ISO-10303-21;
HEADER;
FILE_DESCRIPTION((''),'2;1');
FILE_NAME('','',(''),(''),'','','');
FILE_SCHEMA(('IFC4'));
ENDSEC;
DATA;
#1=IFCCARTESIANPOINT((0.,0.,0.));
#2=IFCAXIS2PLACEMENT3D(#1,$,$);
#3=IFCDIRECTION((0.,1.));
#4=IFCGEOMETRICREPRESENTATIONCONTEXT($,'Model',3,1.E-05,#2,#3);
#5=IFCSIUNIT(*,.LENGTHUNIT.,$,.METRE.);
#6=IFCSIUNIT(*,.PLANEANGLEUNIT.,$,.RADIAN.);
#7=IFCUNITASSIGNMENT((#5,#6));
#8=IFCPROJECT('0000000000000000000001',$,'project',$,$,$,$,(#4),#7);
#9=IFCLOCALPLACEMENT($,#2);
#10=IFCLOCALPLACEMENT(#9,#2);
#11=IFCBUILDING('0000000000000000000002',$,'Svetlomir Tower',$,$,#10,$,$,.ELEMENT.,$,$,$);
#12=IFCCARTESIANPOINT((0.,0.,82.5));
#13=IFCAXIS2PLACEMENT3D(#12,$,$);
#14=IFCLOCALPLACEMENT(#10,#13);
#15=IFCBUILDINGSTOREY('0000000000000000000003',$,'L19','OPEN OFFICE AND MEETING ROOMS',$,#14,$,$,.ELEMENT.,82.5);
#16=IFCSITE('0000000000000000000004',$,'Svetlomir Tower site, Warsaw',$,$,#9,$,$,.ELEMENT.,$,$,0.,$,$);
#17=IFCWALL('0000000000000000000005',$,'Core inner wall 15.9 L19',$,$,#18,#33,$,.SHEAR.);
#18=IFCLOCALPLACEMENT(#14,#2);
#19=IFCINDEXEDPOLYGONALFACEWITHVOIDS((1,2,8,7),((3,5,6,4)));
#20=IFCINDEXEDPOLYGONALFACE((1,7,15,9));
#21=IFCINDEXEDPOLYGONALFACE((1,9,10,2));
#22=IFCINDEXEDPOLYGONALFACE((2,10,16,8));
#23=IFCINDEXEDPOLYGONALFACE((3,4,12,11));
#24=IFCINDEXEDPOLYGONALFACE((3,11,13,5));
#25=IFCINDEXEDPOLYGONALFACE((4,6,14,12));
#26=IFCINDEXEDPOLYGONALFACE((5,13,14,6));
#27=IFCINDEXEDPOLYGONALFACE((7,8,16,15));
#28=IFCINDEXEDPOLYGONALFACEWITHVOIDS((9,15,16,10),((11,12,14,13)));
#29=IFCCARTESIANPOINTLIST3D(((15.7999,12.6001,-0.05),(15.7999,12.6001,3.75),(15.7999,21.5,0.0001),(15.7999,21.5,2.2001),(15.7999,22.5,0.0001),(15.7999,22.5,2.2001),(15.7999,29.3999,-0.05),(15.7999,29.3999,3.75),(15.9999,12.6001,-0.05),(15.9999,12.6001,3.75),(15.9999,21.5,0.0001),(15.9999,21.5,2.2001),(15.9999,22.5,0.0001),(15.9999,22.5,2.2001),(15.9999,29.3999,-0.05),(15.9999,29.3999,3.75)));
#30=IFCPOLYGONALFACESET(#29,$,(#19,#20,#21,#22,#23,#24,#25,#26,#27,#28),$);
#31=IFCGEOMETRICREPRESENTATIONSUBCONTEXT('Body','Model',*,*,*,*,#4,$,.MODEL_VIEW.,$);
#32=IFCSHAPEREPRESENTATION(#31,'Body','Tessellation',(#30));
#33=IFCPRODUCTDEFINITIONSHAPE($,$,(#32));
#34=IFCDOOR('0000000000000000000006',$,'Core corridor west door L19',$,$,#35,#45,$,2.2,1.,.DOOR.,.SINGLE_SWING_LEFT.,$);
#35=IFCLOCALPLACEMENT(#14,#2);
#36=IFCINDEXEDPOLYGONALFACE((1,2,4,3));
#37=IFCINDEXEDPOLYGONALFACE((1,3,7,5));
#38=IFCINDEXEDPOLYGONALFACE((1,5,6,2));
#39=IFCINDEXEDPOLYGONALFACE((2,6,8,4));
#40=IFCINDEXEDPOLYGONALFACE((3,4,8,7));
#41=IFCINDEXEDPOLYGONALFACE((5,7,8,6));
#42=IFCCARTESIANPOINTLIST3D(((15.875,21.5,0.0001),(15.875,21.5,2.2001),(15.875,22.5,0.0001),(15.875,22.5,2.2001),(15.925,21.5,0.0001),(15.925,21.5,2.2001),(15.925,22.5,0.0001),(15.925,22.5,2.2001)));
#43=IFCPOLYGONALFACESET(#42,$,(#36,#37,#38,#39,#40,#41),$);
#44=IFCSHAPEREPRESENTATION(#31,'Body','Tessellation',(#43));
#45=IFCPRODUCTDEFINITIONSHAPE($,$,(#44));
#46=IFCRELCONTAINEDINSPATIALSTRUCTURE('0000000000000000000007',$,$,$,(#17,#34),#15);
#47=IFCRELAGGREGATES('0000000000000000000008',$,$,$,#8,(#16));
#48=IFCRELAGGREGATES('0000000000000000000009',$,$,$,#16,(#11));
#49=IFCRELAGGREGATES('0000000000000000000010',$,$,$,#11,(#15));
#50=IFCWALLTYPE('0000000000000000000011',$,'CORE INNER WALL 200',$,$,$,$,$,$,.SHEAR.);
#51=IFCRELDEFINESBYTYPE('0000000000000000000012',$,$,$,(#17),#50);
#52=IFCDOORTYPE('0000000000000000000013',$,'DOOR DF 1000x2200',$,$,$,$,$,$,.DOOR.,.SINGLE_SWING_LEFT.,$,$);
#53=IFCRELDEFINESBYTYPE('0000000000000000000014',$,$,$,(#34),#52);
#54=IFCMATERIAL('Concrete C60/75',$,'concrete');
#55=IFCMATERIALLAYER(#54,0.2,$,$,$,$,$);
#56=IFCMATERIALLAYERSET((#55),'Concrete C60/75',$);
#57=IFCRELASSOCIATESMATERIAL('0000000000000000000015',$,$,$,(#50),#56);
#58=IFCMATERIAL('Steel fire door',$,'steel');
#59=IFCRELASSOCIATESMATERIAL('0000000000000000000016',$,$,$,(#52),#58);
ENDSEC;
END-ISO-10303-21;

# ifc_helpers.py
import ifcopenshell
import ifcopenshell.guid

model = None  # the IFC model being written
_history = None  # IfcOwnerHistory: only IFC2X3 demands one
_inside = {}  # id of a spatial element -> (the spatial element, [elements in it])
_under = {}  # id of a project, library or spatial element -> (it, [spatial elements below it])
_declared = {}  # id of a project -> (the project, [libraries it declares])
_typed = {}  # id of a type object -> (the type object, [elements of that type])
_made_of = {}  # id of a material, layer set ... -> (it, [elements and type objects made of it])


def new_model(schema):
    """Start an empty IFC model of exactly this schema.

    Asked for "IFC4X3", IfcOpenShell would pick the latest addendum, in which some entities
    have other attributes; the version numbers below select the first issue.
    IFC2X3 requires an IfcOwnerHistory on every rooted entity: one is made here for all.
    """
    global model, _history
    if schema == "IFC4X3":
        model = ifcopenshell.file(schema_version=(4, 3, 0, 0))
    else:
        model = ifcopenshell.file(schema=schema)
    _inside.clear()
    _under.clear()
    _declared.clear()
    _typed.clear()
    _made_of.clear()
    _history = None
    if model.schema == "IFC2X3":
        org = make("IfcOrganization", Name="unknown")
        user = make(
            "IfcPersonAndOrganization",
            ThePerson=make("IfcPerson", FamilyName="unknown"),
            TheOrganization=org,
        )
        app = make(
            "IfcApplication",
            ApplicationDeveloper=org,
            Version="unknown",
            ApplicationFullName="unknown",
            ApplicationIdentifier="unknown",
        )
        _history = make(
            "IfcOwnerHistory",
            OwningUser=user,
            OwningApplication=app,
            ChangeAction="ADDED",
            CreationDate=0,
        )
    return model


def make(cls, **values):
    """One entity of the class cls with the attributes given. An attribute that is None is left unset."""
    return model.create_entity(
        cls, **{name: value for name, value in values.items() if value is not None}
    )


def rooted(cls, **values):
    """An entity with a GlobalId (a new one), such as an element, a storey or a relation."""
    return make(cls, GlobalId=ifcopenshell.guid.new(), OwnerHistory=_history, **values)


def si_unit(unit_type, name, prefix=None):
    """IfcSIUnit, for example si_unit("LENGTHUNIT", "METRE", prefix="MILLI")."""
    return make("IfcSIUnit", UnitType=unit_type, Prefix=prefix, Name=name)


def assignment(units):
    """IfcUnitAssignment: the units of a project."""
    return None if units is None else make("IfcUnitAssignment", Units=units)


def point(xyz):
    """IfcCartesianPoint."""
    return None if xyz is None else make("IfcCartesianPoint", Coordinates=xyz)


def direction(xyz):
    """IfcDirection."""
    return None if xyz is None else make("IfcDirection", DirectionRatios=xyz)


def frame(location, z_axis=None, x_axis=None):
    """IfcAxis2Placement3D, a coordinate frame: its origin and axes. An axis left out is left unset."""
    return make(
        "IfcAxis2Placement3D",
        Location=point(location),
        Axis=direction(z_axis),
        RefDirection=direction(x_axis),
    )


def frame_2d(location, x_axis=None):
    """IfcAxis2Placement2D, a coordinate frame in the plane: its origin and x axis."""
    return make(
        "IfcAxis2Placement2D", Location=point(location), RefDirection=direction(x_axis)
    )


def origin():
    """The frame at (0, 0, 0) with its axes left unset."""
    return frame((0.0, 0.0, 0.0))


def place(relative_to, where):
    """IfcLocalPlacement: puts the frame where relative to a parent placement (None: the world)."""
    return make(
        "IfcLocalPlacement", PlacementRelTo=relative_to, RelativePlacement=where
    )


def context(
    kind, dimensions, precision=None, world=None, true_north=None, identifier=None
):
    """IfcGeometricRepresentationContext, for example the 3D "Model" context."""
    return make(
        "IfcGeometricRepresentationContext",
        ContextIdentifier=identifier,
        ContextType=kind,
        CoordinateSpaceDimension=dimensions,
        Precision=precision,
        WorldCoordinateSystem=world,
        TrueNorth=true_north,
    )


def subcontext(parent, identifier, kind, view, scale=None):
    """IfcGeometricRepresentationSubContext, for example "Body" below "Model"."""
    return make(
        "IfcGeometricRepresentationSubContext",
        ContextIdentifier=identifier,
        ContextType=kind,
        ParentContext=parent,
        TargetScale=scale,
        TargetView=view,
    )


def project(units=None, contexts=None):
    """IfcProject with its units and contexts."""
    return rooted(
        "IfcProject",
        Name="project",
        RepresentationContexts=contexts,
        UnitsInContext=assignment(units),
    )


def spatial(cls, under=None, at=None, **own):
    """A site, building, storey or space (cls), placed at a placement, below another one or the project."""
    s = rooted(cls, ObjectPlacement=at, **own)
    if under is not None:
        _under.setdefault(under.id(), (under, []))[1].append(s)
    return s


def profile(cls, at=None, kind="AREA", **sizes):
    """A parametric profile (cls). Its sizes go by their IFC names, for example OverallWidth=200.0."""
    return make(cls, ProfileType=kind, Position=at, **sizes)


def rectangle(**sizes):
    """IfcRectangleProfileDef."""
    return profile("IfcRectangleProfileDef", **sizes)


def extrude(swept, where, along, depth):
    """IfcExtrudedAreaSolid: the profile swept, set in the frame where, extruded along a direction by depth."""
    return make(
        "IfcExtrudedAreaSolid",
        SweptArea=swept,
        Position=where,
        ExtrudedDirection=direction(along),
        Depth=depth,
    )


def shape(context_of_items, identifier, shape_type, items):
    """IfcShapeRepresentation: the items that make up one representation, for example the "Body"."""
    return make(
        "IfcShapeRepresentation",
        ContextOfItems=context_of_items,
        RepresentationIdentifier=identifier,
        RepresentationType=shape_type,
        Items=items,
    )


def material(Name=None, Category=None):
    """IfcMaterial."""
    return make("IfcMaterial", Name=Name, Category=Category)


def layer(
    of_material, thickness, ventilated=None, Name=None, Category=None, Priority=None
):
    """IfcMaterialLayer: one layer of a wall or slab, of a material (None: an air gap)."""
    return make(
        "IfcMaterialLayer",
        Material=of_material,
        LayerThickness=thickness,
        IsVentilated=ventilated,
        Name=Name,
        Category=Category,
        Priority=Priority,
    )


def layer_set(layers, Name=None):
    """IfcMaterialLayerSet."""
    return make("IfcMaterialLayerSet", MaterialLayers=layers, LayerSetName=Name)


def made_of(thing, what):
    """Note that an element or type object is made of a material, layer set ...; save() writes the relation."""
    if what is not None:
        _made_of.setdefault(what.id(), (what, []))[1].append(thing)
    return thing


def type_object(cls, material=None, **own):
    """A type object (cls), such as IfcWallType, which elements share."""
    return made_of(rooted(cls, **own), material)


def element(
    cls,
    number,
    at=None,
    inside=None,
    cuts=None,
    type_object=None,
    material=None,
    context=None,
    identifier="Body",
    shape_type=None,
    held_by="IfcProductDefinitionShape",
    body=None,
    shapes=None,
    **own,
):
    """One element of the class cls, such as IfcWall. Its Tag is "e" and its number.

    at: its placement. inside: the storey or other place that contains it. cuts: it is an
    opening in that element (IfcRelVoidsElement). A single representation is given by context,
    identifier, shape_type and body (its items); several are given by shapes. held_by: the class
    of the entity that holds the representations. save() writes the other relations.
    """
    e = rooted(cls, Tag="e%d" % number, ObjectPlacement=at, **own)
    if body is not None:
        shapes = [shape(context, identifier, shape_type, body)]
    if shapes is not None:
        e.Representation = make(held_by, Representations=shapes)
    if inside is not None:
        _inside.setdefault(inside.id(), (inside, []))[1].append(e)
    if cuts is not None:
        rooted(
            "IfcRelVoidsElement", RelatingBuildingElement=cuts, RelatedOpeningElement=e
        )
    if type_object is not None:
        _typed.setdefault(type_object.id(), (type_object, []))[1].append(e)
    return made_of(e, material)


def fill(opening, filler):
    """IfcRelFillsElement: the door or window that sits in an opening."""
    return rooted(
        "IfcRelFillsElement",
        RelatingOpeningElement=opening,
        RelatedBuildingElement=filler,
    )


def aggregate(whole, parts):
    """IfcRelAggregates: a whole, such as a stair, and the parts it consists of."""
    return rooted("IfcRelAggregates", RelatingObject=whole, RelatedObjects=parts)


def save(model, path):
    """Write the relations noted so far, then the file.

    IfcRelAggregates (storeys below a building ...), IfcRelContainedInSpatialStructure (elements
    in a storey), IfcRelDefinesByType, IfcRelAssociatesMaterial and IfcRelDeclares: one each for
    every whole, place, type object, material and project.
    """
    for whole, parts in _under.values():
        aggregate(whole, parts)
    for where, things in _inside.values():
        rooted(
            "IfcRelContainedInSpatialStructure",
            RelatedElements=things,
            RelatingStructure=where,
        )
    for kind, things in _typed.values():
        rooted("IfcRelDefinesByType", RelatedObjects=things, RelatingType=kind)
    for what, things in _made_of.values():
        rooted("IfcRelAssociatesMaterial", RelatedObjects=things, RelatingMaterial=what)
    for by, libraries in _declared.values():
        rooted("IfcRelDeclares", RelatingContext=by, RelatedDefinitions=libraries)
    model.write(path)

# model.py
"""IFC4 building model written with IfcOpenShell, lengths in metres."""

from ifc_helpers import new_model, si_unit, direction, frame, frame_2d, origin, place, context, subcontext, project, spatial, rectangle, extrude, material, layer, layer_set, type_object, element, fill, save


model = new_model("IFC4")

# Units and contexts
model_context = context("Model", 3, precision=1e-05, world=origin(), true_north=direction((0.0, 1.0)))
body_context = subcontext(model_context, "Body", "Model", "MODEL_VIEW")
ifc_project = project(units=[si_unit("LENGTHUNIT", "METRE"), si_unit("PLANEANGLEUNIT", "RADIAN")], contexts=[model_context])

# Site, building, storey
site_placement = place(None, origin())
site = spatial("IfcSite", under=ifc_project, at=site_placement, Name="Svetlomir Tower site, Warsaw", CompositionType="ELEMENT", RefElevation=0.0)
building_placement = place(site_placement, origin())
building = spatial("IfcBuilding", under=site, at=building_placement, Name="Svetlomir Tower", CompositionType="ELEMENT")
storey_placement = place(building_placement, frame((0.0, 0.0, 82.5)))
storey = spatial("IfcBuildingStorey", under=building, at=storey_placement, Name="L19", Description="OPEN OFFICE AND MEETING ROOMS", CompositionType="ELEMENT", Elevation=82.5)

# Wall, opening, door
ifc_material_1 = material(Name="Concrete C60/75", Category="concrete")
ifc_layer_1 = layer(ifc_material_1, 0.2)
ifc_layer_set_1 = layer_set([ifc_layer_1], Name="Concrete C60/75")
wall_type_1 = type_object("IfcWallType", Name="CORE INNER WALL 200", PredefinedType="SHEAR", material=ifc_layer_set_1)
wall_1_placement = place(storey_placement, frame((15.8999, 12.6001, -0.05), z_axis=(0.0, 0.0, 1.0), x_axis=(0.0, 1.0, 0.0)))
wall_1 = element("IfcWall", 1, at=wall_1_placement, inside=storey, type_object=wall_type_1, Name="Core inner wall 15.9 L19", PredefinedType="SHEAR", context=body_context, shape_type="SweptSolid", body=[
    extrude(rectangle(XDim=16.7998, YDim=0.2, at=frame_2d((8.3999, 0.0))), origin(), (0.0, 0.0, 1.0), 3.8),
])
opening_1_placement = place(wall_1_placement, frame((8.8999, 0.0, 0.05)))
opening_1 = element("IfcOpeningElement", 2, at=opening_1_placement, cuts=wall_1, PredefinedType="OPENING", context=body_context, shape_type="SweptSolid", body=[
    extrude(rectangle(XDim=1.0, YDim=2.2, at=frame_2d((0.5, 1.1001))), frame((0.0, 0.1099, 0.0), z_axis=(0.0, -1.0, 0.0), x_axis=(1.0, 0.0, 0.0)), (0.0, 0.0, 1.0), 0.22),
])
ifc_material_2 = material(Name="Steel fire door", Category="steel")
door_type_1 = type_object("IfcDoorType", Name="DOOR DF 1000x2200", OperationType="SINGLE_SWING_LEFT", PredefinedType="DOOR", material=ifc_material_2)
door_1_placement = place(opening_1_placement, origin())
door_1 = element("IfcDoor", 3, at=door_1_placement, inside=storey, type_object=door_type_1, Name="Core corridor west door L19", OperationType="SINGLE_SWING_LEFT", OverallHeight=2.2, OverallWidth=1.0, PredefinedType="DOOR", context=body_context, shape_type="SweptSolid", body=[
    extrude(rectangle(XDim=1.0, YDim=2.2, at=frame_2d((0.5, 1.1001))), frame((0.0, 0.0249, 0.0), z_axis=(0.0, -1.0, 0.0), x_axis=(1.0, 0.0, 0.0)), (0.0, 0.0, 1.0), 0.05),
])
fill(opening_1, door_1)

save(model, "model.ifc")
